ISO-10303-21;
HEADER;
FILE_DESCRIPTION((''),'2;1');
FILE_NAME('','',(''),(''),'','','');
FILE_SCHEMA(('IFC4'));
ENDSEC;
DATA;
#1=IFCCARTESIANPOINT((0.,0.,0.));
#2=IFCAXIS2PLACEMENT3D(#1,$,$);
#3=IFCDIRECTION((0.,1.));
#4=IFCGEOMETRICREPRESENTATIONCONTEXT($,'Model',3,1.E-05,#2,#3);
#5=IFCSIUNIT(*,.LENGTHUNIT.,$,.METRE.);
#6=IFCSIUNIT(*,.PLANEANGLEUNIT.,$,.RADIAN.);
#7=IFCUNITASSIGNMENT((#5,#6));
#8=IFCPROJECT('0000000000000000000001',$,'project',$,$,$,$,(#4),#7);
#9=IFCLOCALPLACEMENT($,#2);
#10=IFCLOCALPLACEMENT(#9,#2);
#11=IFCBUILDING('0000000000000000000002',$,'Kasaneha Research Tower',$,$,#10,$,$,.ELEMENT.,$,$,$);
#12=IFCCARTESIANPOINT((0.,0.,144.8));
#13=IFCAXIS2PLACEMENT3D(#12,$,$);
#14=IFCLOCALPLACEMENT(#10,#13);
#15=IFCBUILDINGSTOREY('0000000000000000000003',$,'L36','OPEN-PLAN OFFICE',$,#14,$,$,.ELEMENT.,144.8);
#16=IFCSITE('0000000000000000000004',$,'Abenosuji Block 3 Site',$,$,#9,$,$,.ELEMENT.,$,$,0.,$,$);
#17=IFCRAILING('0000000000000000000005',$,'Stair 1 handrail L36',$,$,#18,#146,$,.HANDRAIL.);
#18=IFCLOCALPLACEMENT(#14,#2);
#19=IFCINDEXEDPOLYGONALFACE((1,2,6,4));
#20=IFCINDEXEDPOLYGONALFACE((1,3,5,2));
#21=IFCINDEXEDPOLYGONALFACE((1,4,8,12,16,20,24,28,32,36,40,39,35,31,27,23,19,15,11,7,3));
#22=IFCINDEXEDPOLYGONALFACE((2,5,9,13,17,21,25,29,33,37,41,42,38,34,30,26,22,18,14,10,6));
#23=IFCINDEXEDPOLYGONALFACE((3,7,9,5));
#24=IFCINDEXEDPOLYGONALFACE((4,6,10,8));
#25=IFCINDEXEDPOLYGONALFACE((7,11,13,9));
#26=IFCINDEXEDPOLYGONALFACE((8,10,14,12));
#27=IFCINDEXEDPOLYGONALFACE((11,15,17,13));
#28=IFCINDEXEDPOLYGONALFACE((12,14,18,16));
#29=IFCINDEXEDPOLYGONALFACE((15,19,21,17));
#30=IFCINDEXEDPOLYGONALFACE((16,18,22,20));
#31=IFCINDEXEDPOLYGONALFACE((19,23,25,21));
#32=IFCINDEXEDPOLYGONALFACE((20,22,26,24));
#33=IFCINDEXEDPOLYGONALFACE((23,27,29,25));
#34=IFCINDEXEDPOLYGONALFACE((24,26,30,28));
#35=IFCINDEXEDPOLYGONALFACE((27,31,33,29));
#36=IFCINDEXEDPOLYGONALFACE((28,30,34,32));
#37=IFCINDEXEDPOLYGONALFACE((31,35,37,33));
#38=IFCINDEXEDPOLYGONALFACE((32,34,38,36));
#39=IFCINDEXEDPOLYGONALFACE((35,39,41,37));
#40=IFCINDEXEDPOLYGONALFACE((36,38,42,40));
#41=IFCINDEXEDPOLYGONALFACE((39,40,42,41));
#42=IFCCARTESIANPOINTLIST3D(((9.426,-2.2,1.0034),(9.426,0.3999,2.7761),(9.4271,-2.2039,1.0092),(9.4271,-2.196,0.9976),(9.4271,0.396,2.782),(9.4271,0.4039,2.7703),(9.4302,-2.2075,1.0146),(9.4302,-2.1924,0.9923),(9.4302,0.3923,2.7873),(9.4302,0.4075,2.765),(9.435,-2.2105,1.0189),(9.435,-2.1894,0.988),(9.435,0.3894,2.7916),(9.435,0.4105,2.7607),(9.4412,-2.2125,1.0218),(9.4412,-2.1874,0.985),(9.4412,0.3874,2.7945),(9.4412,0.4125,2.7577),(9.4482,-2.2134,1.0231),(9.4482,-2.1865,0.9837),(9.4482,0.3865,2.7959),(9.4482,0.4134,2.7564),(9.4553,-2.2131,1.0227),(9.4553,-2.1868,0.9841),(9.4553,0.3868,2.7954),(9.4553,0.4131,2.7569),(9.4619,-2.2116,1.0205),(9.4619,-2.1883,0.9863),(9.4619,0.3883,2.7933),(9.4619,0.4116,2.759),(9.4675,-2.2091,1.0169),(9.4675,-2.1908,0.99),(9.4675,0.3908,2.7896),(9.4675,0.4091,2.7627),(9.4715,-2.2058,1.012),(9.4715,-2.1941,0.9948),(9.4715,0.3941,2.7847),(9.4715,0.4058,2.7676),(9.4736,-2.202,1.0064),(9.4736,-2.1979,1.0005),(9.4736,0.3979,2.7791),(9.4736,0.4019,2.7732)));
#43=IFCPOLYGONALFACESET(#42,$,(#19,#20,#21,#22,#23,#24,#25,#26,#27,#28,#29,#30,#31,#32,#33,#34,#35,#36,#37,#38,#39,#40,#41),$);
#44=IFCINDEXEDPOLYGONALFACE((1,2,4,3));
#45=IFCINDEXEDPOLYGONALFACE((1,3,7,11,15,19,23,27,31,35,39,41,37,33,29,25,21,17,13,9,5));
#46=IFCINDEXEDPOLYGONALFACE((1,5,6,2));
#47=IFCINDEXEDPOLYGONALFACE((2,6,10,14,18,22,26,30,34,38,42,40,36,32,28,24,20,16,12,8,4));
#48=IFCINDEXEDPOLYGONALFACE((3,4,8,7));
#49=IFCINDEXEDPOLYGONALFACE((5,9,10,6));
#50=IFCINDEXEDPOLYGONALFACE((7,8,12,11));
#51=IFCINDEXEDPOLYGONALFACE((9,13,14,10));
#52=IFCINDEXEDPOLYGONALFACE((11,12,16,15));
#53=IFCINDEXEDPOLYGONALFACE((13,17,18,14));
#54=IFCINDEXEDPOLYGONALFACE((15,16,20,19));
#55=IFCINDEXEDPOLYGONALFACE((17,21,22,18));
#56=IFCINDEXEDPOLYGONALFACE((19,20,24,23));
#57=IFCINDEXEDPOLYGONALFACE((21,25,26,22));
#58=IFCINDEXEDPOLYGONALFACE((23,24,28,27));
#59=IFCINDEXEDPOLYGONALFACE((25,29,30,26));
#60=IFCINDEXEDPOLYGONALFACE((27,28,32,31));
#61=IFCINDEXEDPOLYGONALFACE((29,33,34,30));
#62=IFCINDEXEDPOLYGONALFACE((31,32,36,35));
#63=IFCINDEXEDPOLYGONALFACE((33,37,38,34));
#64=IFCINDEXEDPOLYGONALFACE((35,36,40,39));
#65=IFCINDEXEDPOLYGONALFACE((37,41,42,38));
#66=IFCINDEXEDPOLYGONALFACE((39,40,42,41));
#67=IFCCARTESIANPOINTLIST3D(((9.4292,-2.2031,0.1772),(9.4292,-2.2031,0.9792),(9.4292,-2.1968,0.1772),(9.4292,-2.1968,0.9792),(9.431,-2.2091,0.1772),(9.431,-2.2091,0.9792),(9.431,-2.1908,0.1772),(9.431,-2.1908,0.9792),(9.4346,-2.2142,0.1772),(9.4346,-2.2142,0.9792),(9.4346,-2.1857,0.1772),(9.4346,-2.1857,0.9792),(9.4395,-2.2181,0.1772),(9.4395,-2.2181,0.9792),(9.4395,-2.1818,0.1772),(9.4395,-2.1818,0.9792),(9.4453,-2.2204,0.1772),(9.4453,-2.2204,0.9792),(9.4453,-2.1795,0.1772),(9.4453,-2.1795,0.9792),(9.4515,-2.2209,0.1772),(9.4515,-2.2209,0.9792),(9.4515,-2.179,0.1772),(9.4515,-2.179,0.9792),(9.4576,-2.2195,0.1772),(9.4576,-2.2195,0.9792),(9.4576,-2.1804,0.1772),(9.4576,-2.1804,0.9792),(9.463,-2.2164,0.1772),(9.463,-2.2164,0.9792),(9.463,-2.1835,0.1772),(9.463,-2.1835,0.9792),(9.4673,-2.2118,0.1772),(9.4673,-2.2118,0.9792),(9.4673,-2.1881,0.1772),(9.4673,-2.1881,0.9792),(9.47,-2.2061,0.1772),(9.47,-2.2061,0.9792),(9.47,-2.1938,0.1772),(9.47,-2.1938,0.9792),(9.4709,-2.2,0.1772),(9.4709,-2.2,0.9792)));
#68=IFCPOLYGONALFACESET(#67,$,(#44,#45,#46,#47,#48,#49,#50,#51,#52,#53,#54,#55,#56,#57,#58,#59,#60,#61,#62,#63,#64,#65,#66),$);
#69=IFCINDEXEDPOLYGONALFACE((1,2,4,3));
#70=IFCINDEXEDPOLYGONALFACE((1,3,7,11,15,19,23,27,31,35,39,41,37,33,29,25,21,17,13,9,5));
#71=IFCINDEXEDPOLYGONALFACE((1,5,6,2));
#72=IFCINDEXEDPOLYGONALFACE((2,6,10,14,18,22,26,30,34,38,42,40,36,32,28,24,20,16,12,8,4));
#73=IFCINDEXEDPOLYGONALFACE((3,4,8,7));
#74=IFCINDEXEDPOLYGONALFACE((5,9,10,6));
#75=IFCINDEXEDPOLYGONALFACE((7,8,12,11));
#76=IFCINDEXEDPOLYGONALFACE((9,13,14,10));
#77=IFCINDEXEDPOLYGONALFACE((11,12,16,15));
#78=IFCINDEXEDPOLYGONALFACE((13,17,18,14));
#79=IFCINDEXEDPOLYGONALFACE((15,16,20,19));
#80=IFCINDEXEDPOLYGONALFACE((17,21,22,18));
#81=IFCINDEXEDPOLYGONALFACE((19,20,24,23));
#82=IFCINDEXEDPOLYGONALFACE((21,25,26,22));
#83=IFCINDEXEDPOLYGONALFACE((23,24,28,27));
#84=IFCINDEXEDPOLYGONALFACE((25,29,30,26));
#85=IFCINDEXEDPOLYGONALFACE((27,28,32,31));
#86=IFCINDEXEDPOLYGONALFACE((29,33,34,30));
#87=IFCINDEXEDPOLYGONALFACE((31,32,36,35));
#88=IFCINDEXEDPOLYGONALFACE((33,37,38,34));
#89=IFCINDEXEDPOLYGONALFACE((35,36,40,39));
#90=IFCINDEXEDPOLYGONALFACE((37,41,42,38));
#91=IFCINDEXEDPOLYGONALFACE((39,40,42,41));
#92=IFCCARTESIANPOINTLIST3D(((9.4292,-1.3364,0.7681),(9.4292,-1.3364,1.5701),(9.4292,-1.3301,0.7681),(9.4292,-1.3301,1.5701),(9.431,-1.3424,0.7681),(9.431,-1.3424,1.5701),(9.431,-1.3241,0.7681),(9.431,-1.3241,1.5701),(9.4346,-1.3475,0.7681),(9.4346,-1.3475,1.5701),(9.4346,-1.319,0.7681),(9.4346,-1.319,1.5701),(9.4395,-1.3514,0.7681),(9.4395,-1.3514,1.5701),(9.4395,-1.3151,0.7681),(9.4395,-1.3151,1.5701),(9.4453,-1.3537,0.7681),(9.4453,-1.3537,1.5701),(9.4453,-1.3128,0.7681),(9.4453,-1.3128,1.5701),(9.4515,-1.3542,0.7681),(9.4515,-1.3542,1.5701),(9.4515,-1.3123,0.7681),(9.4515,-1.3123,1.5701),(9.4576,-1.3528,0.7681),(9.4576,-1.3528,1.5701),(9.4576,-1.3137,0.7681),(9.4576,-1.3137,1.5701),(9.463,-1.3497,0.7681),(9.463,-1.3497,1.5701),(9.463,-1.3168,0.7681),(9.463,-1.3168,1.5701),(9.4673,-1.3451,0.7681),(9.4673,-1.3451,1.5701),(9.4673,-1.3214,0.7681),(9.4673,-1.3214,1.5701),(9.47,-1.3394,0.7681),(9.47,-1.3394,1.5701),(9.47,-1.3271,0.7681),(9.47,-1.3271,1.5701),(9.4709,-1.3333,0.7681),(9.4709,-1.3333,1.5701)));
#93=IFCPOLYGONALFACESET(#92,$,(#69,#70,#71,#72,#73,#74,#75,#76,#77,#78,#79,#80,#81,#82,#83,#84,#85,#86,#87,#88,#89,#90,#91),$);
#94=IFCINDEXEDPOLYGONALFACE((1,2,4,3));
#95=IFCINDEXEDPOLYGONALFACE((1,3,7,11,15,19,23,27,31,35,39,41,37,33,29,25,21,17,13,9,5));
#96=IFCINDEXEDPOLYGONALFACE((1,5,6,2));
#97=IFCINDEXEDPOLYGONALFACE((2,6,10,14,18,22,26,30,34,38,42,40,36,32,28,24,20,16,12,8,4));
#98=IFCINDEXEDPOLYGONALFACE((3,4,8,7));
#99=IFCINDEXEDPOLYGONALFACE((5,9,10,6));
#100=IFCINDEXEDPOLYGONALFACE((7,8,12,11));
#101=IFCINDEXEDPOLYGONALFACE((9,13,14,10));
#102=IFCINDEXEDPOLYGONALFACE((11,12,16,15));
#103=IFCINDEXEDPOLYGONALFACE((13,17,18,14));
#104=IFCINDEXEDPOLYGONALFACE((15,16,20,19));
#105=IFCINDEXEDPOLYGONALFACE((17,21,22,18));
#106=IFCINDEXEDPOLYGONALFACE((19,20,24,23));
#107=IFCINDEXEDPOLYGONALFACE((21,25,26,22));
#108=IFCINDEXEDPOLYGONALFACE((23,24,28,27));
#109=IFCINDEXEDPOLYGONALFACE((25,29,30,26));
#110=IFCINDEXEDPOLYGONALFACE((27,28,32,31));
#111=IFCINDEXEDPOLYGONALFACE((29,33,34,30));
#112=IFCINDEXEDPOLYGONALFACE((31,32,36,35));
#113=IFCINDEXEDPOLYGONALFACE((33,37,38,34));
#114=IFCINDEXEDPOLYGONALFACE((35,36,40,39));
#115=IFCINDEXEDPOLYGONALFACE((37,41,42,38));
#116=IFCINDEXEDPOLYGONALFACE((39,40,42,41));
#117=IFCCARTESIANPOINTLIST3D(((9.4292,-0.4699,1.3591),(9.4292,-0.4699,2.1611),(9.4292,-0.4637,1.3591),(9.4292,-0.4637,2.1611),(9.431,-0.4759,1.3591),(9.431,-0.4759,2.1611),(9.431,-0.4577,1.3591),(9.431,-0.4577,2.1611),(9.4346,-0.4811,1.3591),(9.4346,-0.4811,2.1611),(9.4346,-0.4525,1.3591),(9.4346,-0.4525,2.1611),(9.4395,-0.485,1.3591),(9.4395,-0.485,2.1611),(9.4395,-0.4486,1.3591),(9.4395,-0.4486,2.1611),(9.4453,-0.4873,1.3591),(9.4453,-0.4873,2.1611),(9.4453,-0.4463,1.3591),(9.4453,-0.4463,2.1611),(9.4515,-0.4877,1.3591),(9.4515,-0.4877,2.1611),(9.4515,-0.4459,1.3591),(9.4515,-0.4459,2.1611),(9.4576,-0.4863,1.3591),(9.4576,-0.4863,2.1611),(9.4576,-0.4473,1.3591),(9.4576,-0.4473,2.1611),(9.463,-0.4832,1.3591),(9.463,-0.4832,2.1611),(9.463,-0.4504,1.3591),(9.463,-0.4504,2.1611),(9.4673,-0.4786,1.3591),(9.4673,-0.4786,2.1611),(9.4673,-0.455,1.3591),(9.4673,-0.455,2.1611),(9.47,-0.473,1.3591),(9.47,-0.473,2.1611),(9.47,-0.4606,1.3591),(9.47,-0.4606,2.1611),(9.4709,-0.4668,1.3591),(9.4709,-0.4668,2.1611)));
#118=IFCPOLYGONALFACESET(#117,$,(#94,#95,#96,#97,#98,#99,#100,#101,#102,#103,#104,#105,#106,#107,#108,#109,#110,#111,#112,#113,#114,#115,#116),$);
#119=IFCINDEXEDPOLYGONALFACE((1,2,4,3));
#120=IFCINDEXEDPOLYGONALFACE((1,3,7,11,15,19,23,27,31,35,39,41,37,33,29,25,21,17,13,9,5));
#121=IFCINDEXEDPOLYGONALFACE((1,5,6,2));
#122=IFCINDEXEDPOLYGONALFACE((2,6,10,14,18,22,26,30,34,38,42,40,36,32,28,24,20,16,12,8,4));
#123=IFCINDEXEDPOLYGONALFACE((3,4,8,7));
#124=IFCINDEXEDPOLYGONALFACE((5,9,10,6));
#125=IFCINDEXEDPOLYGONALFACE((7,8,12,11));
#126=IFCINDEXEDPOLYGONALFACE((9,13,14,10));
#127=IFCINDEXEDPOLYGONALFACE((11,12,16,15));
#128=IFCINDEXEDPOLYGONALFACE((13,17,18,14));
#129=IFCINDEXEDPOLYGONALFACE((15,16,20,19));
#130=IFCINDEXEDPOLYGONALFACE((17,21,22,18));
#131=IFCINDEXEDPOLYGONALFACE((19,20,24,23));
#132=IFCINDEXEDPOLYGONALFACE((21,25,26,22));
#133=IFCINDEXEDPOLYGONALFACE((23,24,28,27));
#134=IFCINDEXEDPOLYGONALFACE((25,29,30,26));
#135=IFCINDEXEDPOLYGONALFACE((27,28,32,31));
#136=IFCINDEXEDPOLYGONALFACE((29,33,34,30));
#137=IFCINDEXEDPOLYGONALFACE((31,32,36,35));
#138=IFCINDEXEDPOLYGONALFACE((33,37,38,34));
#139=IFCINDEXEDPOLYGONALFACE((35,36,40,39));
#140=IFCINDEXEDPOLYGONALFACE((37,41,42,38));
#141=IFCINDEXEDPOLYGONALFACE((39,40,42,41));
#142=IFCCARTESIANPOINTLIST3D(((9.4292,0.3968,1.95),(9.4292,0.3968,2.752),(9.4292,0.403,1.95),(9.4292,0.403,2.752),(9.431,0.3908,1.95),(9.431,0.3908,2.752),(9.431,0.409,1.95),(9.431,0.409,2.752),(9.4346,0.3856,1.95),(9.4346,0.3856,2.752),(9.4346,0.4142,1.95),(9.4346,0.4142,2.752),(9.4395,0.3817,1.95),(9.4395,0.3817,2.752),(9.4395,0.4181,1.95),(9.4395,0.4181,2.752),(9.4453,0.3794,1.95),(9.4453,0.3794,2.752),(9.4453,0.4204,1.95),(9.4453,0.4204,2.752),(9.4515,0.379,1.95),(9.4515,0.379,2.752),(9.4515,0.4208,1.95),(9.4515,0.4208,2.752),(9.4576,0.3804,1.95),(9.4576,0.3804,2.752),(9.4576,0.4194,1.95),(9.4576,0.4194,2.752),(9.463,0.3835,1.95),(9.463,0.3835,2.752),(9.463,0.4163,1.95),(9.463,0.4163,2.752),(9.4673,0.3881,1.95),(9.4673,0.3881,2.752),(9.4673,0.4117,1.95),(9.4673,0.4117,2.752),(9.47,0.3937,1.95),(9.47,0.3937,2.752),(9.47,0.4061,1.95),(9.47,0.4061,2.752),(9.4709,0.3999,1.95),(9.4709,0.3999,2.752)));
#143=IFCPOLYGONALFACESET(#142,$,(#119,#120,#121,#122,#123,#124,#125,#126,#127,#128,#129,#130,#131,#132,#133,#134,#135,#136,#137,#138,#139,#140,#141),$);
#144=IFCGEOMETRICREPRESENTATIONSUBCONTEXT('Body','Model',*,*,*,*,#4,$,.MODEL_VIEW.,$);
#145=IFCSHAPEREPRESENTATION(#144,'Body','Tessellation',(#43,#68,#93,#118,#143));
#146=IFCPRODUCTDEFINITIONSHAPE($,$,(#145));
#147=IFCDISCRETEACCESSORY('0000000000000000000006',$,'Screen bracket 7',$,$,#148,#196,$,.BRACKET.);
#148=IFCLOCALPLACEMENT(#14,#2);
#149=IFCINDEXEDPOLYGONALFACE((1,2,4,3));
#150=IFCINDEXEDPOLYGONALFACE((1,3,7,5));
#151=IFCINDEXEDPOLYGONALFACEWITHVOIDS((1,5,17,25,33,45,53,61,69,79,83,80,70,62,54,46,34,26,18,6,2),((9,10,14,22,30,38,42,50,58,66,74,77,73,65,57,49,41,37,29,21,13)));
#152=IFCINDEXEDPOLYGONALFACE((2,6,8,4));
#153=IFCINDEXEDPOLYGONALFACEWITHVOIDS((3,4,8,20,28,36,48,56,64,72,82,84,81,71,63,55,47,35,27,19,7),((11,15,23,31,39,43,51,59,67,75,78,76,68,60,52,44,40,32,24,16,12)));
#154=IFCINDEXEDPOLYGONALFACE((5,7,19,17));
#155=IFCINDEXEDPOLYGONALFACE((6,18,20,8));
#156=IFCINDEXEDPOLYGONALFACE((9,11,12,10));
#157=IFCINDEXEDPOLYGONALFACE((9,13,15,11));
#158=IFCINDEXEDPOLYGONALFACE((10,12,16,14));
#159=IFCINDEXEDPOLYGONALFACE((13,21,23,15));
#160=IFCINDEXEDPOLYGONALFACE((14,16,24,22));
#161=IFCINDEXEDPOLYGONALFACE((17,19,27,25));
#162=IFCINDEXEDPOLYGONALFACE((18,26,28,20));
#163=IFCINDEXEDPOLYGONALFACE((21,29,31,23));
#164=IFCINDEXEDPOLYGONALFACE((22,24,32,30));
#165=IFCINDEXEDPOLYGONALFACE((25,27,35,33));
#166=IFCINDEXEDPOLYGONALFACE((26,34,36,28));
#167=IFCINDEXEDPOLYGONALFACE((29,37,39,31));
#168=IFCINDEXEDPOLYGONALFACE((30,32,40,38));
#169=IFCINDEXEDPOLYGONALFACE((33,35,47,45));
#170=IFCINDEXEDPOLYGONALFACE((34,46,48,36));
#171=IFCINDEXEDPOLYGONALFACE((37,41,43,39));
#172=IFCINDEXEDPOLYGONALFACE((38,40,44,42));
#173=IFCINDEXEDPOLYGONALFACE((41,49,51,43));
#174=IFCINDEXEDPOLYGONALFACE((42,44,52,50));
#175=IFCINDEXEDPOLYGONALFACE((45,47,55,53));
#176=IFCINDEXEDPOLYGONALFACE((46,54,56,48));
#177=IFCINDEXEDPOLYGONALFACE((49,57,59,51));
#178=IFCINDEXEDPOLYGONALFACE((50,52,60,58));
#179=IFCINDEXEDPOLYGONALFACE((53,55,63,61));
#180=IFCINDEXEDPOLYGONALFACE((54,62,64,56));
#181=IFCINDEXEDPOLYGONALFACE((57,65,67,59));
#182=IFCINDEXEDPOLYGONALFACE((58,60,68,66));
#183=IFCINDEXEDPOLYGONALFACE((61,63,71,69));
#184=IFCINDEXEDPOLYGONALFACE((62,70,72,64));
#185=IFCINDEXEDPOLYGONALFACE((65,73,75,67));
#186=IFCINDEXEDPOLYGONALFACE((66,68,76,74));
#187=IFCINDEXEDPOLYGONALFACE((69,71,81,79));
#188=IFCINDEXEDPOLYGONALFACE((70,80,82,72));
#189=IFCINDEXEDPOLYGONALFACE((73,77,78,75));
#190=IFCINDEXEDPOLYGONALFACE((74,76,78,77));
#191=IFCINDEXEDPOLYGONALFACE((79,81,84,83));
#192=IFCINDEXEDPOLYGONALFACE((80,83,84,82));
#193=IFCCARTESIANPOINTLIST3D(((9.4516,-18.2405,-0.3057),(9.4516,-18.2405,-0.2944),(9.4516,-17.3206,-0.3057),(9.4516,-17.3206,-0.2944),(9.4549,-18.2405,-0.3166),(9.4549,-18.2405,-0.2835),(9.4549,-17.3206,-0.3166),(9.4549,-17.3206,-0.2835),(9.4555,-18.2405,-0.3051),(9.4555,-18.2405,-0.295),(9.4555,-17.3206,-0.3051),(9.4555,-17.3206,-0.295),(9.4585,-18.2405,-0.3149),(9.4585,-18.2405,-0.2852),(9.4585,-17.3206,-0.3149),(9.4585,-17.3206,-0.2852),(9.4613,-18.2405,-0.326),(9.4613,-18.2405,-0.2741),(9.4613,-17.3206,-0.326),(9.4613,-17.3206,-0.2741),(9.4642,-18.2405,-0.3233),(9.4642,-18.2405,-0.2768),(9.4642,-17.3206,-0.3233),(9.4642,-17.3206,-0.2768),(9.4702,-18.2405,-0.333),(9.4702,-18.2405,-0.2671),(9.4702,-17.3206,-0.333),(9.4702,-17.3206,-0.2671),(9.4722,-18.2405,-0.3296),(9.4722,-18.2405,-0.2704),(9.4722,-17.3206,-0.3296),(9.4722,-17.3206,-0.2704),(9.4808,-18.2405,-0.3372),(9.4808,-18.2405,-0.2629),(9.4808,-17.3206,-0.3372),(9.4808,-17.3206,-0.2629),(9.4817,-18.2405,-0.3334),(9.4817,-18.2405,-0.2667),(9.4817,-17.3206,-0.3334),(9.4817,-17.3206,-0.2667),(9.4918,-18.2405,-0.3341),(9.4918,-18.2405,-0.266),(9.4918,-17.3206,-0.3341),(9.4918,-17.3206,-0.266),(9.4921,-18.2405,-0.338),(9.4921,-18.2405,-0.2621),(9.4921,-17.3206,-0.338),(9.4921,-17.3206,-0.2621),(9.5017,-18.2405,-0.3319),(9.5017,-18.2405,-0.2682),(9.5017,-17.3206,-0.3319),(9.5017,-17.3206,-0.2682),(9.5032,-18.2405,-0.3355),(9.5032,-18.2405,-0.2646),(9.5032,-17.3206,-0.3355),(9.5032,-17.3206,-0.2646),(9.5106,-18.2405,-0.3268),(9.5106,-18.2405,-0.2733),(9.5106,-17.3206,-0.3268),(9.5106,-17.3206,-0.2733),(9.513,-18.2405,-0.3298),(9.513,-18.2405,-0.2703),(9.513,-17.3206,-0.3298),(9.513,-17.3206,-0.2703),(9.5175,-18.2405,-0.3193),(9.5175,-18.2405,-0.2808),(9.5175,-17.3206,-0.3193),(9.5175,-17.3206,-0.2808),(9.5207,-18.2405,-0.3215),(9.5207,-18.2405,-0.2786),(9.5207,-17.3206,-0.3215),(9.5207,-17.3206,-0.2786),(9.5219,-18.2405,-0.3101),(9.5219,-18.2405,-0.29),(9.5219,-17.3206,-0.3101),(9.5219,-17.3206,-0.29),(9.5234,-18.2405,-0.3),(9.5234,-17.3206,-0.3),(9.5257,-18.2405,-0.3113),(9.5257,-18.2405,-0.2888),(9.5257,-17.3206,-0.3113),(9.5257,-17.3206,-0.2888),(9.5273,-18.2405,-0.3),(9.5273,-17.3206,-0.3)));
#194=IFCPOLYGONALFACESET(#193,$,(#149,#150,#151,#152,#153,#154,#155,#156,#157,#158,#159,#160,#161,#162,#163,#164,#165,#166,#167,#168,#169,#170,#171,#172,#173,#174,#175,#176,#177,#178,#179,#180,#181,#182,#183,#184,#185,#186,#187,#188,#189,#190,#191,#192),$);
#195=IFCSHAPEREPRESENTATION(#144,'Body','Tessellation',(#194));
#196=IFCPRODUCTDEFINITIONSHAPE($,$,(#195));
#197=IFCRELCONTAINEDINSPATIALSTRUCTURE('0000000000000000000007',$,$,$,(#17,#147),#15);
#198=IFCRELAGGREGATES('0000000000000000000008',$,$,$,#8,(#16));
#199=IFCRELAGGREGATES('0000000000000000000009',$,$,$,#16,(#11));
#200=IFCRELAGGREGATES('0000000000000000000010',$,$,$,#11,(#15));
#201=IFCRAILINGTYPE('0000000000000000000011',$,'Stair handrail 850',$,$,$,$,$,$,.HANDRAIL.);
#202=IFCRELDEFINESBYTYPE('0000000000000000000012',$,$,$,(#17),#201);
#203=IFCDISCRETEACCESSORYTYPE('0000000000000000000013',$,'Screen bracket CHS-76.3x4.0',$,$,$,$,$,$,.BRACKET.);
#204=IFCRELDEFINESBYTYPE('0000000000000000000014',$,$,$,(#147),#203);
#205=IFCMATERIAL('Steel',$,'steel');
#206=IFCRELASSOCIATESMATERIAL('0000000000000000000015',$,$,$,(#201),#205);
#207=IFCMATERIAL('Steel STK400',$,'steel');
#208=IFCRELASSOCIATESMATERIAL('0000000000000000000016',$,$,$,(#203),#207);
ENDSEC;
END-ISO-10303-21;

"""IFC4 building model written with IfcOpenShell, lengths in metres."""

from ifc_helpers import new_model, si_unit, direction, frame, origin, origin_2d, place, context, subcontext, project, spatial, circle, hollow_circle, extrude, material, material_profile, profile_set, type_object, element, save


model = new_model("IFC4")

# Units and contexts
model_context = context("Model", 3, precision=1e-05, world=origin(), true_north=direction((0.0, 1.0)))
body_context = subcontext(model_context, "Body", "Model", "MODEL_VIEW")
ifc_project = project(units=[si_unit("LENGTHUNIT", "METRE"), si_unit("PLANEANGLEUNIT", "RADIAN")], contexts=[model_context])

# Site, building, storey
site_placement = place(None, origin())
site = spatial("IfcSite", under=ifc_project, at=site_placement, Name="Abenosuji Block 3 Site", CompositionType="ELEMENT", RefElevation=0.0)
building_placement = place(site_placement, origin())
building = spatial("IfcBuilding", under=site, at=building_placement, Name="Kasaneha Research Tower", CompositionType="ELEMENT")
storey_placement = place(building_placement, frame((0.0, 0.0, 144.8)))
storey = spatial("IfcBuildingStorey", under=building, at=storey_placement, Name="L36", Description="OPEN-PLAN OFFICE", CompositionType="ELEMENT", Elevation=144.8)

# Railing
ifc_material_1 = material(Name="Steel", Category="steel")
railing_type = type_object("IfcRailingType", Name="Stair handrail 850", PredefinedType="HANDRAIL", material=ifc_material_1)
railing_placement = place(storey_placement, frame((9.45, -2.2, 0.1772)))
element("IfcRailing", 1, at=railing_placement, inside=storey, type_object=railing_type, Name="Stair 1 handrail L36", PredefinedType="HANDRAIL", context=body_context, shape_type="SweptSolid", body=[
    extrude(circle(Radius=0.0239, at=origin_2d()), frame((0.0, 0.0, 0.8262), z_axis=(0.0, 0.826216, 0.563354), x_axis=(-1.0, 0.0, 0.0)), (0.0, 0.0, 1.0), 3.1467),
    extrude(circle(Radius=0.021, at=origin_2d()), origin(), (0.0, 0.0, 1.0), 0.802),
    extrude(circle(Radius=0.021, at=origin_2d()), frame((0.0, 0.8667, 0.5908)), (0.0, 0.0, 1.0), 0.802),
    extrude(circle(Radius=0.021, at=origin_2d()), frame((0.0, 1.7332, 1.1819)), (0.0, 0.0, 1.0), 0.802),
    extrude(circle(Radius=0.021, at=origin_2d()), frame((0.0, 2.5999, 1.7727)), (0.0, 0.0, 1.0), 0.802),
])

# Discrete accessory
ifc_material_2 = material(Name="Steel STK400", Category="steel")
ifc_material_profile_1 = material_profile(ifc_material_2, hollow_circle(Radius=0.0381, WallThickness=0.0039, at=origin_2d()), Name="CHS-76.3x4.0")
ifc_profile_set_1 = profile_set([ifc_material_profile_1], Name="Steel STK400")
discrete_accessory_type = type_object("IfcDiscreteAccessoryType", Name="Screen bracket CHS-76.3x4.0", PredefinedType="BRACKET", material=ifc_profile_set_1)
discrete_accessory_placement = place(storey_placement, frame((9.4893, -17.3206, -0.3), z_axis=(0.0, -1.0, 0.0), x_axis=(1.0, 0.0, 0.0)))
element("IfcDiscreteAccessory", 2, at=discrete_accessory_placement, inside=storey, type_object=discrete_accessory_type, Name="Screen bracket 7", PredefinedType="BRACKET", context=body_context, shape_type="SweptSolid", body=[
    extrude(hollow_circle(Radius=0.0381, WallThickness=0.0039, at=origin_2d()), origin(), (0.0, 0.0, 1.0), 0.9199),
])

save(model, "model.ifc")
